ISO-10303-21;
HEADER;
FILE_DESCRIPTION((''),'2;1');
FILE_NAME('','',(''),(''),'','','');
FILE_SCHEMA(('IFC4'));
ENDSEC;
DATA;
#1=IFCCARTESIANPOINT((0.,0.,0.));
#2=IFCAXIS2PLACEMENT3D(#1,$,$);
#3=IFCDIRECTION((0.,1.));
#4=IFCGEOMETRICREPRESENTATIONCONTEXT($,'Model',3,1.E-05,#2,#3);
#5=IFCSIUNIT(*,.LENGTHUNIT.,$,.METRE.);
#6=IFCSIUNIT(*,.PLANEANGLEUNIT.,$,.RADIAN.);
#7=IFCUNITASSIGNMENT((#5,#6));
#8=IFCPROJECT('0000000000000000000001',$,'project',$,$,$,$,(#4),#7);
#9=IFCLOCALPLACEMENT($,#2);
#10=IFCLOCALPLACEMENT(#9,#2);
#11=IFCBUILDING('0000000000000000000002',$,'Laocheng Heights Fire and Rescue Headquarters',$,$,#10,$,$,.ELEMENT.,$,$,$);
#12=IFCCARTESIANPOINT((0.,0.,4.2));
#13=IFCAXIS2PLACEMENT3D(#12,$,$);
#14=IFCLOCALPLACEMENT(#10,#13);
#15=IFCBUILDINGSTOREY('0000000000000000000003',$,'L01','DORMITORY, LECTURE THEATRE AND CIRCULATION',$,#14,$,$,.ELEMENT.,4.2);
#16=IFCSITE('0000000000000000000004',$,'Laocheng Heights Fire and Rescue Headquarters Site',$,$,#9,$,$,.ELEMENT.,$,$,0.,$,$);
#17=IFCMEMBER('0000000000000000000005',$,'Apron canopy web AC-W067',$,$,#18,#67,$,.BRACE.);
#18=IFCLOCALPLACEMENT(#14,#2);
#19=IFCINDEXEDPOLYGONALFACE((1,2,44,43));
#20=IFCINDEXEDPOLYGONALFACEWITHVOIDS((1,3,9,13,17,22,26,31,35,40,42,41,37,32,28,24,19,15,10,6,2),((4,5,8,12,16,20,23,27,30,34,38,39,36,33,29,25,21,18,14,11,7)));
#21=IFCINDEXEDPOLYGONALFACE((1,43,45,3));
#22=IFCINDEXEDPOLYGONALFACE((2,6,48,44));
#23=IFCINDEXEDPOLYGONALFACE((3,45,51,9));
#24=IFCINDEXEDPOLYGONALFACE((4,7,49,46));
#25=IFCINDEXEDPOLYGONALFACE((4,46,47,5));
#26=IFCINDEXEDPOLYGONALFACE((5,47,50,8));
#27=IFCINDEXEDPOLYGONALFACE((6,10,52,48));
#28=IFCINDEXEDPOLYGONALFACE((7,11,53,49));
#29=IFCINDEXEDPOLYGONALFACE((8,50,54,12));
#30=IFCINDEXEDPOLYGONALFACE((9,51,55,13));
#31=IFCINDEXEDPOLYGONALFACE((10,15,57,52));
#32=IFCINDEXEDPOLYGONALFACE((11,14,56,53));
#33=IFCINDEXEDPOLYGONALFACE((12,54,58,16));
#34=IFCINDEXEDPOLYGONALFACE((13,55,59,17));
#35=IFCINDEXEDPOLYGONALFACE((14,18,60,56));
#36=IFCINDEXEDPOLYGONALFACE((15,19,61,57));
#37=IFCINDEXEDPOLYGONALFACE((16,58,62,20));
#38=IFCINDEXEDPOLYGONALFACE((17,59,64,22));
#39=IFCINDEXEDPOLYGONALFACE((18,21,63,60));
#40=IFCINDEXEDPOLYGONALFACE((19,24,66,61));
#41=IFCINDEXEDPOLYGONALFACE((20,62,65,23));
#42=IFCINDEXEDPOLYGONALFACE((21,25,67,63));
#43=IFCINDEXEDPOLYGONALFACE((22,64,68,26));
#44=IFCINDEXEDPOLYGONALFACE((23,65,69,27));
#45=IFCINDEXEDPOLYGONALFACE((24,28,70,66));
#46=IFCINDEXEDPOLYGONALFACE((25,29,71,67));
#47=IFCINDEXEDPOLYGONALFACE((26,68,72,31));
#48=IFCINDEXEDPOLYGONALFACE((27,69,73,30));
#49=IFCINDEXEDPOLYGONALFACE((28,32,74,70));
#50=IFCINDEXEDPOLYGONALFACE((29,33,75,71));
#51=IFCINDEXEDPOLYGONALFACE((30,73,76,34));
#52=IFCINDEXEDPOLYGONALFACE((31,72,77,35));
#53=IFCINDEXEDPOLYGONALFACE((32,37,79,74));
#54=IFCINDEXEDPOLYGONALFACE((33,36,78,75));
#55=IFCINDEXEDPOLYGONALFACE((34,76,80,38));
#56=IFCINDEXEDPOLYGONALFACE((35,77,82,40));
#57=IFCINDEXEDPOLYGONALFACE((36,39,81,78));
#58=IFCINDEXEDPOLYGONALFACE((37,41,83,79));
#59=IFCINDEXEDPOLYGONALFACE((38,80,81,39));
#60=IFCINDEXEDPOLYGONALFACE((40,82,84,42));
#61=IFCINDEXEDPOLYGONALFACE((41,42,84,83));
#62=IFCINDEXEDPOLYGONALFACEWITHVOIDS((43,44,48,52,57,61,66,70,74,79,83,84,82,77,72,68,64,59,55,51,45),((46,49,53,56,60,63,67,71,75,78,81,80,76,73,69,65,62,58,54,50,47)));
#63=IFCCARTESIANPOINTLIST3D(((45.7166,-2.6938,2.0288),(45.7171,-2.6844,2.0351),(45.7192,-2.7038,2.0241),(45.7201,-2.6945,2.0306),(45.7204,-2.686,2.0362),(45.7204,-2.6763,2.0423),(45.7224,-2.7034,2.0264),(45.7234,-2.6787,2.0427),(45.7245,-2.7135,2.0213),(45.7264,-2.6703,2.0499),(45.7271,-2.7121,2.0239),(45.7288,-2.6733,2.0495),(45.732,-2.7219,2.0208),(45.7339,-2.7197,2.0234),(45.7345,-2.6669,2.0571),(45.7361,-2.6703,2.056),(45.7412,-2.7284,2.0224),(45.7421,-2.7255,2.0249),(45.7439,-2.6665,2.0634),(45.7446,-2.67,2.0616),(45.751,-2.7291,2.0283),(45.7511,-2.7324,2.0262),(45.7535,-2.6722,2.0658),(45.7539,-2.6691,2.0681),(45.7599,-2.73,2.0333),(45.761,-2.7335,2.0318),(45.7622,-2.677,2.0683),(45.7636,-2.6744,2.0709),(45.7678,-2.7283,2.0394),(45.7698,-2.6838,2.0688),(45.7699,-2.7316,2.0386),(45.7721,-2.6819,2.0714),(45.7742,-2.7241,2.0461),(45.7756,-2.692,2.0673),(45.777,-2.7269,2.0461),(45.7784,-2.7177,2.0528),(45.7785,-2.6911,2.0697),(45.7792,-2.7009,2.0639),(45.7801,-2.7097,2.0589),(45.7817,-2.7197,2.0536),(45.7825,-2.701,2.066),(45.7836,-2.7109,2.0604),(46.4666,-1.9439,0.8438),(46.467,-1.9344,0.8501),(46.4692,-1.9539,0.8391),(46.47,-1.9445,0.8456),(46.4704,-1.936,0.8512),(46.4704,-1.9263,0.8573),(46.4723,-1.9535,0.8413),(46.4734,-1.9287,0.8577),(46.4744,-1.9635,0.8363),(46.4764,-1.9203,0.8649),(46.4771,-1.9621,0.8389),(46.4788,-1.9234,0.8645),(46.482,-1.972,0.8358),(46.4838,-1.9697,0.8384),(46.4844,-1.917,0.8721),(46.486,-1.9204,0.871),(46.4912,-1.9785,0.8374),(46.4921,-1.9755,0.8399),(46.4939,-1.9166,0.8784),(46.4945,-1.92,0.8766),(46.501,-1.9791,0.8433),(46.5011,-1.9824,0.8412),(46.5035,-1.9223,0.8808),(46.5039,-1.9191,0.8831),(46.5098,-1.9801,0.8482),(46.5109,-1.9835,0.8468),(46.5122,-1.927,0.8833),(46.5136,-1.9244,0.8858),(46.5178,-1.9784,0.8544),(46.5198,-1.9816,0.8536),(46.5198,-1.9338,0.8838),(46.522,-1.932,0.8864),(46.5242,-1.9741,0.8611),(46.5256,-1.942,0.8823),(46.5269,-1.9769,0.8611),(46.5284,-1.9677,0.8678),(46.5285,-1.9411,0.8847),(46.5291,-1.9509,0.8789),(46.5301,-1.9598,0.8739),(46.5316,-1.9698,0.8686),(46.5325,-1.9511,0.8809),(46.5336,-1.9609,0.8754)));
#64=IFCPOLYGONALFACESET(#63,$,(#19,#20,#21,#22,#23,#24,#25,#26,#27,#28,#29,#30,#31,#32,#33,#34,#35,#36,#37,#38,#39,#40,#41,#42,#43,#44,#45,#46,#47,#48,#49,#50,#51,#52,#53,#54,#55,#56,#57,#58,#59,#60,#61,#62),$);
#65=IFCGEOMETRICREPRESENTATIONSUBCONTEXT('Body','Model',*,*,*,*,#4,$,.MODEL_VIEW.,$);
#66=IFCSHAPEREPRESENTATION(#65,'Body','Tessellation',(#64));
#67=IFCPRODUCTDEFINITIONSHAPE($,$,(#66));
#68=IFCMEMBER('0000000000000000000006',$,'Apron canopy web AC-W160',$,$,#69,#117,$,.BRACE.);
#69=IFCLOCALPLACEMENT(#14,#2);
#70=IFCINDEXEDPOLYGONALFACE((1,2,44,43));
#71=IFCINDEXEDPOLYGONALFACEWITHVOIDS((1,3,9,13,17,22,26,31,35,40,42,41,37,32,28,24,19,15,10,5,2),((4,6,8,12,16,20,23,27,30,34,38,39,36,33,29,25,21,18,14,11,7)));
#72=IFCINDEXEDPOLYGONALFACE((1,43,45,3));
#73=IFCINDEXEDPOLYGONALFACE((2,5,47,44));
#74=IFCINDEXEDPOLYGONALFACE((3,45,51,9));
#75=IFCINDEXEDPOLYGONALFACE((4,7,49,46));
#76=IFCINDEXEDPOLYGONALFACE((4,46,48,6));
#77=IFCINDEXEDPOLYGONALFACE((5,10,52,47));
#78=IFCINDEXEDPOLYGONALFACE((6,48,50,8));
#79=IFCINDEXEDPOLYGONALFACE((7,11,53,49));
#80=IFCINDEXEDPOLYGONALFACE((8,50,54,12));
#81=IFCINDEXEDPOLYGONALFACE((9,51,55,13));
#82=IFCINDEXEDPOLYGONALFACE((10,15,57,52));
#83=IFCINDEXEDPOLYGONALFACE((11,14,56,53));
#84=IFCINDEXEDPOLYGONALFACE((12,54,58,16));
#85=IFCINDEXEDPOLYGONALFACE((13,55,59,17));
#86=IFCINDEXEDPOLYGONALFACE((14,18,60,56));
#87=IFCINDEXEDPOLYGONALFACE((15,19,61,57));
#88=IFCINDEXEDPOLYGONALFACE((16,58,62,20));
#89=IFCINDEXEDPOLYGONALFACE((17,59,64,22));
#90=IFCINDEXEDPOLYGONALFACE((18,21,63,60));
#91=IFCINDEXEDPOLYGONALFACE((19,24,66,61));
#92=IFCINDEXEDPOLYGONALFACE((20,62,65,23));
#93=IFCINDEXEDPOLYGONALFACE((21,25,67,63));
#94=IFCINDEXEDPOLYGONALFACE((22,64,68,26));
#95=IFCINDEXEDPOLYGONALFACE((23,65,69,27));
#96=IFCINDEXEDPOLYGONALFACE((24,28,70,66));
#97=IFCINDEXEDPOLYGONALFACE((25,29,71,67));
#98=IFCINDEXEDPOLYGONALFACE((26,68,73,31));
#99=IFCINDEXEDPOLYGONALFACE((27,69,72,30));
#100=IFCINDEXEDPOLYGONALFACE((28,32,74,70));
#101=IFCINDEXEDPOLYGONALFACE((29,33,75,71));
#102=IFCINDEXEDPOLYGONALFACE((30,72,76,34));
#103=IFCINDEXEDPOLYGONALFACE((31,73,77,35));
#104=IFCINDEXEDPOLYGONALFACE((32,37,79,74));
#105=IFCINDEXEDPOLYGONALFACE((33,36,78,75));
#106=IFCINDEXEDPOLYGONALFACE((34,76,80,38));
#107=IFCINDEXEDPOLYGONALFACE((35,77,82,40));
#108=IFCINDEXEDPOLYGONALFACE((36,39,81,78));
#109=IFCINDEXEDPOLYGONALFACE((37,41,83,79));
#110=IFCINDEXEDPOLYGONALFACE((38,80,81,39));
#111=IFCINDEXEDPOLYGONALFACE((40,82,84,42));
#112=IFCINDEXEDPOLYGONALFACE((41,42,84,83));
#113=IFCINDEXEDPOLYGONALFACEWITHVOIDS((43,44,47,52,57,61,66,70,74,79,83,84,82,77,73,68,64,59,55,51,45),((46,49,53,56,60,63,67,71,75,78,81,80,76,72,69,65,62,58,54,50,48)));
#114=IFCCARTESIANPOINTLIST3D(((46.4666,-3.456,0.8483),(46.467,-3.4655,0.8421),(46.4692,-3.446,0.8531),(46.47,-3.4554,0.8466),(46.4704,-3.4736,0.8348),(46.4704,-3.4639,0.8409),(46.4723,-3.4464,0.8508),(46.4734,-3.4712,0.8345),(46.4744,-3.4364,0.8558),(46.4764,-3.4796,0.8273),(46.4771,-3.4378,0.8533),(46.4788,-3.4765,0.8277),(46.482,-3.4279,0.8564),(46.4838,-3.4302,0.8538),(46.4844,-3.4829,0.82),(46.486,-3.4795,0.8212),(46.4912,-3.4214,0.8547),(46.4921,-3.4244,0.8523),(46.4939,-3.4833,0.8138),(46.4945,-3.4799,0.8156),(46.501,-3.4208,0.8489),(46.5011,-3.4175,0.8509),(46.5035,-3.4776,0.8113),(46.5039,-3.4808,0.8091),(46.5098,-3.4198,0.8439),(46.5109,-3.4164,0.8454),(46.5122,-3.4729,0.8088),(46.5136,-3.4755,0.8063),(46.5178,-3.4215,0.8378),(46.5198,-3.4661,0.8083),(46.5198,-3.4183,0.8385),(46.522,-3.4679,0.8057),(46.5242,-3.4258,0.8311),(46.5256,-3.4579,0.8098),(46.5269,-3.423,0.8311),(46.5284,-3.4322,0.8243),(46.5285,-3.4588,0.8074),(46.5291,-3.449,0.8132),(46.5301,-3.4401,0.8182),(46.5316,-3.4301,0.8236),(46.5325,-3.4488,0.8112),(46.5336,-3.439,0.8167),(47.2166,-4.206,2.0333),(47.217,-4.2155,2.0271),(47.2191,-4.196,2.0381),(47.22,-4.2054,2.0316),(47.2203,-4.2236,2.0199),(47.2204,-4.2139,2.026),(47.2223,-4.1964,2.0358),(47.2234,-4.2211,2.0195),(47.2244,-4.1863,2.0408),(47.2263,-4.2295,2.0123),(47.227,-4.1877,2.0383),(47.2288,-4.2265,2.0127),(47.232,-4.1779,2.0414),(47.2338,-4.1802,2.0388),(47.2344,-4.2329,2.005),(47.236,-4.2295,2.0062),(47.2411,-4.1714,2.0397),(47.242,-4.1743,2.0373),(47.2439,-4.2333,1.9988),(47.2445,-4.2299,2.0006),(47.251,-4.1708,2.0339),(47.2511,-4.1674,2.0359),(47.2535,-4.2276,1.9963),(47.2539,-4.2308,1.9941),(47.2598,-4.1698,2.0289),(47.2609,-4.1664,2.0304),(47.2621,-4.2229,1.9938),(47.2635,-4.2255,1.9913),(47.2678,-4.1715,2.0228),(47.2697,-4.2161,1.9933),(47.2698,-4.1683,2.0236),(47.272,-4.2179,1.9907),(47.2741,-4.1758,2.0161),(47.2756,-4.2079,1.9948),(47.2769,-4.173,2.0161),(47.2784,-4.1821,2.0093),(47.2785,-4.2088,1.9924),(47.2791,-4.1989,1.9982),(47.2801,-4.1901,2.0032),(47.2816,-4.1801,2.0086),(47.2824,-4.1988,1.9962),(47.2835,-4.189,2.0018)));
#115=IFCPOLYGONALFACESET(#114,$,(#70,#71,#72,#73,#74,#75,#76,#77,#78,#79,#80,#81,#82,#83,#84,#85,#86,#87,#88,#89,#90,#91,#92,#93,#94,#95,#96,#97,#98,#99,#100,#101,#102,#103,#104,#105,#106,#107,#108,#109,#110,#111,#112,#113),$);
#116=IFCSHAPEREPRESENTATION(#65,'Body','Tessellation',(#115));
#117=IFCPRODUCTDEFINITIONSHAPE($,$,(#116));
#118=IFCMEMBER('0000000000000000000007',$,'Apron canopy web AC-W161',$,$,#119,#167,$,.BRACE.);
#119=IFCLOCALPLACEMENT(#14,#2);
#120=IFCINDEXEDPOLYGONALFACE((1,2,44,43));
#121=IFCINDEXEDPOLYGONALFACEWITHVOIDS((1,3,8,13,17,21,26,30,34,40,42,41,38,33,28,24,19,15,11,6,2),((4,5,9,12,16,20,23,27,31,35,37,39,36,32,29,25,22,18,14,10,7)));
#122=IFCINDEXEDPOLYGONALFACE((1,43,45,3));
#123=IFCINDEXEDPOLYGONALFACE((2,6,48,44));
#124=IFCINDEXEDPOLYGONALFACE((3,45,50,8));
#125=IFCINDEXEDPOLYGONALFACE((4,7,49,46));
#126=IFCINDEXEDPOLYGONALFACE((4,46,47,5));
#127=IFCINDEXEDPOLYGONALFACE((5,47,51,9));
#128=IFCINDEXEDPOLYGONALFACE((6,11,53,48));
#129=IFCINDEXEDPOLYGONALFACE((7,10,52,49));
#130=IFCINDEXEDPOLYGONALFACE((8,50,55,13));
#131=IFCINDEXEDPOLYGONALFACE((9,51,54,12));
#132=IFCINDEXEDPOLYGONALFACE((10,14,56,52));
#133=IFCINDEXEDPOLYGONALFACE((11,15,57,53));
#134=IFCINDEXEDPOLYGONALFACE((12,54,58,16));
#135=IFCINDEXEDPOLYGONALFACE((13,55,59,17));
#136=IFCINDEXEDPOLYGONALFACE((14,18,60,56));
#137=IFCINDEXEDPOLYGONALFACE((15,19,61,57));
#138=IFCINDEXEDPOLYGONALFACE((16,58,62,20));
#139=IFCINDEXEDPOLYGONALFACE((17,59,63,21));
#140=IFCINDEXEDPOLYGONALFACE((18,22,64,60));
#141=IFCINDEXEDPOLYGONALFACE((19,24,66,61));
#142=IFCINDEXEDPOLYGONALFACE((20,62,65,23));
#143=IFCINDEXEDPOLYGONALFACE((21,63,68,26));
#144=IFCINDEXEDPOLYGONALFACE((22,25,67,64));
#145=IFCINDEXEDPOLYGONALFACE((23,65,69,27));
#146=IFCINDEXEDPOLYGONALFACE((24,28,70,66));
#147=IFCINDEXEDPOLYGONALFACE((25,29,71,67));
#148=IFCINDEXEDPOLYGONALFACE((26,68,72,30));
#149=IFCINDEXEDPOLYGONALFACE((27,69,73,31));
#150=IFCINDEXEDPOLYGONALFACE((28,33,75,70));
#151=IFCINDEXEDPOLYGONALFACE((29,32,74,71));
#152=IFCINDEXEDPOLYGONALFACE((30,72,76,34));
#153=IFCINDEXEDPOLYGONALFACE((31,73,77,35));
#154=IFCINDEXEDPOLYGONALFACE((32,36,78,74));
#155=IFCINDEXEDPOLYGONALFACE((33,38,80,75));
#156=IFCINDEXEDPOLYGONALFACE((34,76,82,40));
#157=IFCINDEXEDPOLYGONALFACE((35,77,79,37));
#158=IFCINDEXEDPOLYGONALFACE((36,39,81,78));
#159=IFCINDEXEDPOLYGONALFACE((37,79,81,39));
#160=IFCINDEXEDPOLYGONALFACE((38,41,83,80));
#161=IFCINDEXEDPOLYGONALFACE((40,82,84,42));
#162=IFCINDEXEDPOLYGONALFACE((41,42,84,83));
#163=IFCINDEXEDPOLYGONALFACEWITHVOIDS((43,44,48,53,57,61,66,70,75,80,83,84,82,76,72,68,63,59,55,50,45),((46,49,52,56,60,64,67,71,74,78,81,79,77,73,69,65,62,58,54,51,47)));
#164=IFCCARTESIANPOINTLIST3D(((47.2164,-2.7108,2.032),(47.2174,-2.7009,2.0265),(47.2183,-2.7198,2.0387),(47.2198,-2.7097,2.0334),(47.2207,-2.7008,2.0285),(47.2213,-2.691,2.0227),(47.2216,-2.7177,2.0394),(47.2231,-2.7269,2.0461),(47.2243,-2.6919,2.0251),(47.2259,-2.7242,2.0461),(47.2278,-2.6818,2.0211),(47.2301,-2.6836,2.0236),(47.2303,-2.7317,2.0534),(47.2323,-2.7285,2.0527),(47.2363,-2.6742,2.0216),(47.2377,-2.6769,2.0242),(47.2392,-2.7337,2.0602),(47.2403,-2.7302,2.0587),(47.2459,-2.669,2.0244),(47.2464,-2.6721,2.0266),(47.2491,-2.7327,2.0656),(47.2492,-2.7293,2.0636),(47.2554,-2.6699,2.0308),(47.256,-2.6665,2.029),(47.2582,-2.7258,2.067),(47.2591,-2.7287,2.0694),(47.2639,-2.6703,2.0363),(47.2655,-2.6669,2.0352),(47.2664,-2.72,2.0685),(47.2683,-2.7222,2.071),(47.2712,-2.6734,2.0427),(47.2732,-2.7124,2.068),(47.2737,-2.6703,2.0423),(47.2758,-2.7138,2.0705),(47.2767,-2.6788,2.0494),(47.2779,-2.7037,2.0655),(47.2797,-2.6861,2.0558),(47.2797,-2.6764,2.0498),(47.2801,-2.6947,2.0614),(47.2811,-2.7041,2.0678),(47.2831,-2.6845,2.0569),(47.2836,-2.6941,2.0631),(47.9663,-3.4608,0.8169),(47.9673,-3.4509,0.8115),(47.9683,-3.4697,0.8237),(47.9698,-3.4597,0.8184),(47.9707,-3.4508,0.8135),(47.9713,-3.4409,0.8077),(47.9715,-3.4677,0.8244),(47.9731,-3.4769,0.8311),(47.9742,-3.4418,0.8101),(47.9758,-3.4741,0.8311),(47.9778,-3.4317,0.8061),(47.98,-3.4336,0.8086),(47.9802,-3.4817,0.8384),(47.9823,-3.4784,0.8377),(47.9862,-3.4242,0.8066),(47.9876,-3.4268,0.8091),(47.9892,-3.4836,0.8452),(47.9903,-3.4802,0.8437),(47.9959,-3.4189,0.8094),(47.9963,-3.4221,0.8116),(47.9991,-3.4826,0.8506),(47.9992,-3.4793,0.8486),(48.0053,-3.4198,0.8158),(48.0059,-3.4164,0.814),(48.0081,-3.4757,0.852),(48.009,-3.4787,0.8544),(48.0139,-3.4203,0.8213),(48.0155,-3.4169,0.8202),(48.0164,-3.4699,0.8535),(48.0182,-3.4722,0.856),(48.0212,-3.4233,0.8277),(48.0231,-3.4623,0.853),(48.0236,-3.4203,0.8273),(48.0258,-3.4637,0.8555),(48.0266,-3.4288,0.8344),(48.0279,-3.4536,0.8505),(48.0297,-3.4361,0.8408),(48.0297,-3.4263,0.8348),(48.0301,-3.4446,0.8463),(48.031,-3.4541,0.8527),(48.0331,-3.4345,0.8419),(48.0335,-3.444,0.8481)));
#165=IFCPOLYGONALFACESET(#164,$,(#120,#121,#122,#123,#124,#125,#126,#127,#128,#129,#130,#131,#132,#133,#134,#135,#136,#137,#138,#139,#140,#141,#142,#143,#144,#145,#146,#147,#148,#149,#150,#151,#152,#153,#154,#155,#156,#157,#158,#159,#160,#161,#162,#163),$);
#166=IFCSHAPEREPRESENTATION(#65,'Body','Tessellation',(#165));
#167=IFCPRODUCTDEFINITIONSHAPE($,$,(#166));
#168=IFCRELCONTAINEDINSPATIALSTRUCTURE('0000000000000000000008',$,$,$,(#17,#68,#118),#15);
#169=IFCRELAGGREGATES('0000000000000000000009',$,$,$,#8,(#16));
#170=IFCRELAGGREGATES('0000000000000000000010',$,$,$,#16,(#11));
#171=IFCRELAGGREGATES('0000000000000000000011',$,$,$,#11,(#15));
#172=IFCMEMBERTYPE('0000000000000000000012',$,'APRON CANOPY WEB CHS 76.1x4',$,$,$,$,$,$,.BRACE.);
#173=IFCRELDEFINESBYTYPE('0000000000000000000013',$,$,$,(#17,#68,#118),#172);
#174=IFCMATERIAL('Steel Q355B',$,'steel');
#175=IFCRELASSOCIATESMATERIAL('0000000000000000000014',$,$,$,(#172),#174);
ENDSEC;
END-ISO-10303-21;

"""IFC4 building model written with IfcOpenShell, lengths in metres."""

from ifc_helpers import new_model, si_unit, direction, frame, origin, origin_2d, place, context, subcontext, project, spatial, hollow_circle, extrude, material, material_profile, profile_set, type_object, element, save


model = new_model("IFC4")

# Units and contexts
model_context = context("Model", 3, precision=1e-05, world=origin(), true_north=direction((0.0, 1.0)))
body_context = subcontext(model_context, "Body", "Model", "MODEL_VIEW")
ifc_project = project(units=[si_unit("LENGTHUNIT", "METRE"), si_unit("PLANEANGLEUNIT", "RADIAN")], contexts=[model_context])

# Site, building, storey
site_placement = place(None, origin())
site = spatial("IfcSite", under=ifc_project, at=site_placement, Name="Laocheng Heights Fire and Rescue Headquarters Site", CompositionType="ELEMENT", RefElevation=0.0)
building_placement = place(site_placement, origin())
building = spatial("IfcBuilding", under=site, at=building_placement, Name="Laocheng Heights Fire and Rescue Headquarters", CompositionType="ELEMENT")
storey_placement = place(building_placement, frame((0.0, 0.0, 4.2)))
storey = spatial("IfcBuildingStorey", under=building, at=storey_placement, Name="L01", Description="DORMITORY, LECTURE THEATRE AND CIRCULATION", CompositionType="ELEMENT", Elevation=4.2)

# Members
ifc_material_1 = material(Name="Steel Q355B", Category="steel")
ifc_material_profile_1 = material_profile(ifc_material_1, hollow_circle(Radius=0.0381, WallThickness=0.0039, at=origin_2d()), Name="CHS 76.1x4")
ifc_profile_set_1 = profile_set([ifc_material_profile_1], Name="Steel Q355B")
member_type_1 = type_object("IfcMemberType", Name="APRON CANOPY WEB CHS 76.1x4", PredefinedType="BRACE", material=ifc_profile_set_1)
for number, where, z_axis, x_axis, name in (
    (1, (46.5, -1.95, 0.8611), (-0.47158, -0.47158, 0.745134), (0.707107, -0.707107, 0.0), "Apron canopy web AC-W067"),
    (2, (46.5, -3.45, 0.8311), (0.47158, -0.47158, 0.745134), (0.707107, 0.707107, 0.0), "Apron canopy web AC-W160"),
):
    element("IfcMember", number, at=place(storey_placement, frame(where, z_axis=z_axis, x_axis=x_axis)), inside=storey, type_object=member_type_1, Name=name, PredefinedType="BRACE", context=body_context, shape_type="SweptSolid", body=[
        extrude(hollow_circle(Radius=0.0381, WallThickness=0.0039, at=origin_2d()), origin(), (0.0, 0.0, 1.0), 1.5903),
    ])
for number, where, z_axis, x_axis, name in (
    (3, (48.0, -3.45, 0.8311), (-0.465002, 0.465002, 0.753357), (-0.707107, -0.707107, 0.0), "Apron canopy web AC-W161"),
):
    element("IfcMember", number, at=place(storey_placement, frame(where, z_axis=z_axis, x_axis=x_axis)), inside=storey, type_object=member_type_1, Name=name, PredefinedType="BRACE", context=body_context, shape_type="SweptSolid", body=[
        extrude(hollow_circle(Radius=0.0381, WallThickness=0.0039, at=origin_2d()), origin(), (0.0, 0.0, 1.0), 1.6128),
    ])

save(model, "model.ifc")
